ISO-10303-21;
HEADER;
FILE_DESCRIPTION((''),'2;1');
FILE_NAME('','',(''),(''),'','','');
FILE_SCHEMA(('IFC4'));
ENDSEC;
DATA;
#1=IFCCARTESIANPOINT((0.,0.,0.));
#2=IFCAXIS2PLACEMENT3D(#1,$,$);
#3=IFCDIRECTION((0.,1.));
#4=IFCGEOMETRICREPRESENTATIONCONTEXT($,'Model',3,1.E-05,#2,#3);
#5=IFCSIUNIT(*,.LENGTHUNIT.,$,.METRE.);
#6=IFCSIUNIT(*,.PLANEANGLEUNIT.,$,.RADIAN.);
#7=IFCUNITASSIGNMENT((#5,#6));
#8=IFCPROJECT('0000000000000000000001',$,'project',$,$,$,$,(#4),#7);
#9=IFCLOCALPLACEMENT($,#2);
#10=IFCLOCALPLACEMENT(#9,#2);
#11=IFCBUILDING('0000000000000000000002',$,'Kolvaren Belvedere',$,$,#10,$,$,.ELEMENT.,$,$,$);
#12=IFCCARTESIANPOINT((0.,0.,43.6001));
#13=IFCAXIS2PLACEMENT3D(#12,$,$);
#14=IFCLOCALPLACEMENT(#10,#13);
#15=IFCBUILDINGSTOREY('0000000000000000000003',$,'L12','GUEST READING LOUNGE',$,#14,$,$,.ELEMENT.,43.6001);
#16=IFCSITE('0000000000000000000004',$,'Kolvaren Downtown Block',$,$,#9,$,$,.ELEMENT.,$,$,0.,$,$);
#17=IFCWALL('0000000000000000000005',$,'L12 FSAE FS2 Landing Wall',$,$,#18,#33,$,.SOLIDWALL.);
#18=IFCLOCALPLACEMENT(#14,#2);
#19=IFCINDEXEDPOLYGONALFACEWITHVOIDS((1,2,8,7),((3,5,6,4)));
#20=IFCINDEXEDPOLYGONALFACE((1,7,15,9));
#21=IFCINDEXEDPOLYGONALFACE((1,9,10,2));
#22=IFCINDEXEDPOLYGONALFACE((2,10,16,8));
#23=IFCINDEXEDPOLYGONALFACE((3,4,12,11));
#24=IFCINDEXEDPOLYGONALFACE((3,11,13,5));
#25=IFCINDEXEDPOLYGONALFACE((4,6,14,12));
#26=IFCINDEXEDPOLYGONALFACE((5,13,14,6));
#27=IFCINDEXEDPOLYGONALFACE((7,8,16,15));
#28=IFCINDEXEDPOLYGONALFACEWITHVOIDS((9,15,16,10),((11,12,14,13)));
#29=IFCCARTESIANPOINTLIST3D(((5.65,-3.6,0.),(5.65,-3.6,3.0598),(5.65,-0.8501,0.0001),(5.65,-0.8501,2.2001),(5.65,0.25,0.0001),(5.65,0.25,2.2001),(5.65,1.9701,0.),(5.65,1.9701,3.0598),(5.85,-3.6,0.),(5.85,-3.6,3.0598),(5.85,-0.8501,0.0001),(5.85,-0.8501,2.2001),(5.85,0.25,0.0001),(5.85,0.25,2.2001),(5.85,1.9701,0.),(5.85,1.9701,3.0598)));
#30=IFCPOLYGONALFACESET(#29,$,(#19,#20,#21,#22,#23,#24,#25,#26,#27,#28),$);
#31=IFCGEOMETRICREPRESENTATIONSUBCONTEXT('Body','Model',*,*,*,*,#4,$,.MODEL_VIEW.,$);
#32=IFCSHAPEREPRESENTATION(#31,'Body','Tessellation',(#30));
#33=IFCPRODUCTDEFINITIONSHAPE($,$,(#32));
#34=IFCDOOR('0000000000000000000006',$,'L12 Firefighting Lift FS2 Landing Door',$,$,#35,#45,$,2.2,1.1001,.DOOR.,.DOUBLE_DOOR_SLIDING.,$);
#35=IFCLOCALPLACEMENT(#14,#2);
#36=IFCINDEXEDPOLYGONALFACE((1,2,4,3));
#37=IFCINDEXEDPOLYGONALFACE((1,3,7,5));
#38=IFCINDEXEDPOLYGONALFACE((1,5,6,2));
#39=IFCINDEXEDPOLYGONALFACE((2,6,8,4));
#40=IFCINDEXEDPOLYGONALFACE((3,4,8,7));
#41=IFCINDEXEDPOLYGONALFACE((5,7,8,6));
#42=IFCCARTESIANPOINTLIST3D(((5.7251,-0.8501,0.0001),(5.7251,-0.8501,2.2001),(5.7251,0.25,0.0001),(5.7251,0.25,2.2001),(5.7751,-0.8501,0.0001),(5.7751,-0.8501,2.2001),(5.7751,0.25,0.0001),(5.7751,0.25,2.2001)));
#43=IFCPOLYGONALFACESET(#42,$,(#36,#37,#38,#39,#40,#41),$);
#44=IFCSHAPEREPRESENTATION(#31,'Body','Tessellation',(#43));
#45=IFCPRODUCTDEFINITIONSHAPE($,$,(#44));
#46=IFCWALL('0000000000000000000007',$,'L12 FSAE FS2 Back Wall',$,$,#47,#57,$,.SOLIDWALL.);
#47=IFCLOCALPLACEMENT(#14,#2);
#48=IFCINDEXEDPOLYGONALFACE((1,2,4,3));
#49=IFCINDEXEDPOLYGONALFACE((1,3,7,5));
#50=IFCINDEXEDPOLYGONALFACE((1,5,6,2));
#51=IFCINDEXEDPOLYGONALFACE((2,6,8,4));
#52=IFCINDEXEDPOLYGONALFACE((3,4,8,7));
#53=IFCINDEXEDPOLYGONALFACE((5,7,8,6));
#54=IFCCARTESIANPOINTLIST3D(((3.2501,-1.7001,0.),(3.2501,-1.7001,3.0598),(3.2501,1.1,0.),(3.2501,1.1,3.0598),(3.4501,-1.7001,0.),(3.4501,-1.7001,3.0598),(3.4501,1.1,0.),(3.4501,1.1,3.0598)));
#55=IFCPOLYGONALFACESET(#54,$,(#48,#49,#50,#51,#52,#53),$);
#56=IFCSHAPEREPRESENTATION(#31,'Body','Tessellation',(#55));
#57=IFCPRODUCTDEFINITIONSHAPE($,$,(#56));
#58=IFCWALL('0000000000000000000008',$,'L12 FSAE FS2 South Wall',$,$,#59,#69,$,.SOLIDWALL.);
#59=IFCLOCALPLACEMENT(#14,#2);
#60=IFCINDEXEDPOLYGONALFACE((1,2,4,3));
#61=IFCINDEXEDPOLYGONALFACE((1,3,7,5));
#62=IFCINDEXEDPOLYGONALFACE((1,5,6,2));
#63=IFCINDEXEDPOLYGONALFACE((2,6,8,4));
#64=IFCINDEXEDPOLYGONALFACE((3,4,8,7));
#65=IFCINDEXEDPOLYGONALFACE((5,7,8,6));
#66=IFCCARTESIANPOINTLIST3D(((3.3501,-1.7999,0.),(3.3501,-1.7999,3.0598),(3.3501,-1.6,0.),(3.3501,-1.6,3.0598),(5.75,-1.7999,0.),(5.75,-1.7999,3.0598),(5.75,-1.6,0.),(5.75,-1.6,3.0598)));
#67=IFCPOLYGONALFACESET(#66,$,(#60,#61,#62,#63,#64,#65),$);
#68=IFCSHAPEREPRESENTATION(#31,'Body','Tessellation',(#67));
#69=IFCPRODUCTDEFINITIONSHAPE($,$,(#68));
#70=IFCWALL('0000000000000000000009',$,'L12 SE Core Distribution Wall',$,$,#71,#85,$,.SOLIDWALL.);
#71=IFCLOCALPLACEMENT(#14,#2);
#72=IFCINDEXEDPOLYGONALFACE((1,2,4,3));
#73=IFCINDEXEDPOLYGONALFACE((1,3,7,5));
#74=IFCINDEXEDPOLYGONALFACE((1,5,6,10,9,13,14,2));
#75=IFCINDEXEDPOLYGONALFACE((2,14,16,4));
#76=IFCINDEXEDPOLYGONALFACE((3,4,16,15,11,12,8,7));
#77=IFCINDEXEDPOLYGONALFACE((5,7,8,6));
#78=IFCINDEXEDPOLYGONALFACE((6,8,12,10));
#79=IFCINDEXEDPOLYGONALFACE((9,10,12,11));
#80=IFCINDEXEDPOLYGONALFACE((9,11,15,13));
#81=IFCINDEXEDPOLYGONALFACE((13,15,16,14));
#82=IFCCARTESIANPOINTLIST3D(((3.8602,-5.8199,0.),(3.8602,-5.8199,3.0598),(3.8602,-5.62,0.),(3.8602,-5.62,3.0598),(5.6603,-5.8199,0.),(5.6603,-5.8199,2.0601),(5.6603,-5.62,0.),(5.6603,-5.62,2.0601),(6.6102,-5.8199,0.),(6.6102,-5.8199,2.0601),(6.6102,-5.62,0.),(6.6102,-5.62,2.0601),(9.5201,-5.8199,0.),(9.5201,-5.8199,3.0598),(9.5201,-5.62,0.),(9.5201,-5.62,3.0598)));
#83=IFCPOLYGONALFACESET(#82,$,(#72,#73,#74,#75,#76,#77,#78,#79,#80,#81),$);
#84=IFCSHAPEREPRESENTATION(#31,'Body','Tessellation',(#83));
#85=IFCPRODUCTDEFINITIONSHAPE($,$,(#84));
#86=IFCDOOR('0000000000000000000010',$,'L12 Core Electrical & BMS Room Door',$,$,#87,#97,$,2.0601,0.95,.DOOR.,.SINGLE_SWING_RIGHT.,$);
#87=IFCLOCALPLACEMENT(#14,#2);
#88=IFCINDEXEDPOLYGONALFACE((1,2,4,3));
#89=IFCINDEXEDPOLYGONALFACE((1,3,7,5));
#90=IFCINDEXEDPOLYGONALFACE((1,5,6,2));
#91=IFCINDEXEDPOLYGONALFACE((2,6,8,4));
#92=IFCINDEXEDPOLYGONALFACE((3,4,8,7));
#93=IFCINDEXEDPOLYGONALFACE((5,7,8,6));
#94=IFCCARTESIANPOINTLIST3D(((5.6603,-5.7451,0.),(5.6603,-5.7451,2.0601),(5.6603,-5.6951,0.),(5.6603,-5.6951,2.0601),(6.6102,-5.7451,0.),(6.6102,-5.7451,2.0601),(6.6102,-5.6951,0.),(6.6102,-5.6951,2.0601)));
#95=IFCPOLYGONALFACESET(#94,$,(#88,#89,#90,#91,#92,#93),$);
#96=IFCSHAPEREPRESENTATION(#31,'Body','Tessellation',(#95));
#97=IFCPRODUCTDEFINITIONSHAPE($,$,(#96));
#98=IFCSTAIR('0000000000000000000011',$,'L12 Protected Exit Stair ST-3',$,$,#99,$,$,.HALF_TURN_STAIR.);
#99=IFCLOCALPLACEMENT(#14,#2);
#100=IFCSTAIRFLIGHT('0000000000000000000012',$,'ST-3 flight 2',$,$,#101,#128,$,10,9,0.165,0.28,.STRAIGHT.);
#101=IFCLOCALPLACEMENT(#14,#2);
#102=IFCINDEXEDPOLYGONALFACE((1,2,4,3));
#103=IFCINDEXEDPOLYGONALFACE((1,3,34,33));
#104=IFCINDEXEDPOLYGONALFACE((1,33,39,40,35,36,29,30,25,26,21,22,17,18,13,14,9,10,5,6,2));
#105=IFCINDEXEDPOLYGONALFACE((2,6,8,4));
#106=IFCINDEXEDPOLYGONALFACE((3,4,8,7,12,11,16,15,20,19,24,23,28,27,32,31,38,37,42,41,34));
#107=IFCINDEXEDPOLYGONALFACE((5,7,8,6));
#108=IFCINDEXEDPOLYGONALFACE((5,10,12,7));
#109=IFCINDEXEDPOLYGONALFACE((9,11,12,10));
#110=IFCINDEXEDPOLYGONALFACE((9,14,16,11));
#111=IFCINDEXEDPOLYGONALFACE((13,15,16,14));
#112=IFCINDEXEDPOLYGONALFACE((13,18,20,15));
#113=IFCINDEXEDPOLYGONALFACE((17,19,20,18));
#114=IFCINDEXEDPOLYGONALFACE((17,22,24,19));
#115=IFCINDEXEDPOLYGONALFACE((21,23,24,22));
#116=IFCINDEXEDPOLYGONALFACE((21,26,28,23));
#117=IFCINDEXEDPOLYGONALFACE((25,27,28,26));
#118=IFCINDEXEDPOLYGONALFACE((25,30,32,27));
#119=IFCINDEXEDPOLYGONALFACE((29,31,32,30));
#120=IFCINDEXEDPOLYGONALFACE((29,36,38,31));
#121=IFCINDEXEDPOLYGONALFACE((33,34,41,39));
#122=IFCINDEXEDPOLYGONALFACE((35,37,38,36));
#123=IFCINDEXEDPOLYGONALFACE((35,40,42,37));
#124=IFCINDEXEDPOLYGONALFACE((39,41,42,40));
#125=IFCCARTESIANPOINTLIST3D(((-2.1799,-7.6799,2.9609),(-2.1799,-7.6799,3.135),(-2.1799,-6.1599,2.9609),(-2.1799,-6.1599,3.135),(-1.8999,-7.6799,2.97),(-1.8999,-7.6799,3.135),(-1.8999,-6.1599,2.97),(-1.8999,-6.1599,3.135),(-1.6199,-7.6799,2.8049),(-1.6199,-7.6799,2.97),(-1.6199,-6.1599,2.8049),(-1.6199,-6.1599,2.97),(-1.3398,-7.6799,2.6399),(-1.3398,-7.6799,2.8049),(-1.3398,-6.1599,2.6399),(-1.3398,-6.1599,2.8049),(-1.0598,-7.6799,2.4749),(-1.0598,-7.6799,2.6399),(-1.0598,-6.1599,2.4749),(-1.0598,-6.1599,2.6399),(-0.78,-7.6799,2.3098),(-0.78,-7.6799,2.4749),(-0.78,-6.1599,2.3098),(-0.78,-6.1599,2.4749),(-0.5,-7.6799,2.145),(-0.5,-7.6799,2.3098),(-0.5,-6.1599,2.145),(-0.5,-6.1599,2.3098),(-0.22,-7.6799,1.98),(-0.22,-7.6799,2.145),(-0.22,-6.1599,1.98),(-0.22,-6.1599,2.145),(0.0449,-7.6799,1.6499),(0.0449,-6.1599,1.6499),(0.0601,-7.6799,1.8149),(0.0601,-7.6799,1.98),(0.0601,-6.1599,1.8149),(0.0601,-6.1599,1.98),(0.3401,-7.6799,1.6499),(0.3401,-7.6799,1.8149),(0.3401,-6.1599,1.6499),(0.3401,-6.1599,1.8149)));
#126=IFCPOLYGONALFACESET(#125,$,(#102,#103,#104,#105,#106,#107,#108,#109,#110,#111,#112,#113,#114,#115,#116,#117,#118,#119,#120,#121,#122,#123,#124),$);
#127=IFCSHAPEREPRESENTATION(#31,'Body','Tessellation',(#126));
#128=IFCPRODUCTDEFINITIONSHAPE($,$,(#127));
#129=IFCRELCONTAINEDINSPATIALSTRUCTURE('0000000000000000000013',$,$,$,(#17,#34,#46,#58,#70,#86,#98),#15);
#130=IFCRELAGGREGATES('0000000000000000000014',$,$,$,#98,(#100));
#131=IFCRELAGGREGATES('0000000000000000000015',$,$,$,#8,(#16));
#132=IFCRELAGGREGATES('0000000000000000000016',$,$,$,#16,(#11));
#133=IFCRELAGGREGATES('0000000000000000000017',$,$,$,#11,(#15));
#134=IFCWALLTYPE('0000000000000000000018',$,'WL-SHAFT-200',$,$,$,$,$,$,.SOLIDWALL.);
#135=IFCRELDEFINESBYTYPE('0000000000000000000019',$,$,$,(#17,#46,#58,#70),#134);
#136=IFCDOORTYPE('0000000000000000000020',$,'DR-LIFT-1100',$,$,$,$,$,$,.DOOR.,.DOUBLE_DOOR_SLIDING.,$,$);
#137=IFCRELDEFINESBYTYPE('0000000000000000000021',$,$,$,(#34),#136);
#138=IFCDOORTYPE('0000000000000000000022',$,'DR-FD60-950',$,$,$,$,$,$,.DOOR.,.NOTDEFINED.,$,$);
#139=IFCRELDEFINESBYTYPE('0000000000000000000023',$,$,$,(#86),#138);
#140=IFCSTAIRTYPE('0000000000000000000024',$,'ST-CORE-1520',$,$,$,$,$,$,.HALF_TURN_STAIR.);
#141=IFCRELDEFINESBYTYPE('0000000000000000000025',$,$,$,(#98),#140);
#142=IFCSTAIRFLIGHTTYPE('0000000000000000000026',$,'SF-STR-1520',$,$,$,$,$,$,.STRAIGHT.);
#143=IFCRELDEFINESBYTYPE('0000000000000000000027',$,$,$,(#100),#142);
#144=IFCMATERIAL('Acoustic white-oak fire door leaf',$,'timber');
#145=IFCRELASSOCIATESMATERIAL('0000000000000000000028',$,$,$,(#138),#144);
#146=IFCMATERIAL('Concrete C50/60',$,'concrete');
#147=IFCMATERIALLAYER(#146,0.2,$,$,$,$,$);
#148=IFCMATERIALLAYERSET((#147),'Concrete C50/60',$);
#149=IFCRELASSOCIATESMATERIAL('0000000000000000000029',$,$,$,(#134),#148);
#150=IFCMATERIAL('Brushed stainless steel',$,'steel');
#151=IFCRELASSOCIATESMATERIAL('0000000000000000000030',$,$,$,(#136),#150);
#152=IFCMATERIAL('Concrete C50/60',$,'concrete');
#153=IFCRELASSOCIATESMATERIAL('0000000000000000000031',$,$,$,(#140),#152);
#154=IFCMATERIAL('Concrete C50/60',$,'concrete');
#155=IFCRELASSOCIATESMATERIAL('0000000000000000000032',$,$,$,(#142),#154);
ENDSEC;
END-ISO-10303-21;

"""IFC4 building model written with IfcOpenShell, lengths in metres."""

from ifc_helpers import new_model, si_unit, direction, frame, frame_2d, origin, place, context, subcontext, project, spatial, polyline, rectangle, outline, extrude, material, layer, layer_set, type_object, element, fill, aggregate, save


model = new_model("IFC4")

# Units and contexts
model_context = context("Model", 3, precision=1e-05, world=origin(), true_north=direction((0.0, 1.0)))
body_context = subcontext(model_context, "Body", "Model", "MODEL_VIEW")
ifc_project = project(units=[si_unit("LENGTHUNIT", "METRE"), si_unit("PLANEANGLEUNIT", "RADIAN")], contexts=[model_context])

# Site, building, storey
site_placement = place(None, origin())
site = spatial("IfcSite", under=ifc_project, at=site_placement, Name="Kolvaren Downtown Block", CompositionType="ELEMENT", RefElevation=0.0)
building_placement = place(site_placement, origin())
building = spatial("IfcBuilding", under=site, at=building_placement, Name="Kolvaren Belvedere", CompositionType="ELEMENT")
storey_placement = place(building_placement, frame((0.0, 0.0, 43.6001)))
storey = spatial("IfcBuildingStorey", under=building, at=storey_placement, Name="L12", Description="GUEST READING LOUNGE", CompositionType="ELEMENT", Elevation=43.6001)

# Wall, opening, door
ifc_material_1 = material(Name="Acoustic white-oak fire door leaf", Category="timber")
door_type_1 = type_object("IfcDoorType", Name="DR-FD60-950", OperationType="NOTDEFINED", PredefinedType="DOOR", material=ifc_material_1)
ifc_material_2 = material(Name="Concrete C50/60", Category="concrete")
ifc_layer_1 = layer(ifc_material_2, 0.2)
ifc_layer_set_1 = layer_set([ifc_layer_1], Name="Concrete C50/60")
wall_type_1 = type_object("IfcWallType", Name="WL-SHAFT-200", PredefinedType="SOLIDWALL", material=ifc_layer_set_1)
wall_1_placement = place(storey_placement, frame((5.75, -3.6001, 0.0), z_axis=(0.0, 0.0, 1.0), x_axis=(0.0, 1.0, 0.0)))
wall_1 = element("IfcWall", 1, at=wall_1_placement, inside=storey, type_object=wall_type_1, Name="L12 FSAE FS2 Landing Wall", PredefinedType="SOLIDWALL", context=body_context, shape_type="SweptSolid", body=[
    extrude(rectangle(XDim=5.5701, YDim=0.2, at=frame_2d((2.7852, 0.0))), origin(), (0.0, 0.0, 1.0), 3.0598),
])
opening_1_placement = place(wall_1_placement, frame((2.75, 0.0, 0.0)))
opening_1 = element("IfcOpeningElement", 2, at=opening_1_placement, cuts=wall_1, PredefinedType="OPENING", context=body_context, shape_type="SweptSolid", body=[
    extrude(rectangle(XDim=1.1001, YDim=2.2, at=frame_2d((0.55, 1.1001))), frame((0.0, 0.1099, 0.0), z_axis=(0.0, -1.0, 0.0), x_axis=(1.0, 0.0, 0.0)), (0.0, 0.0, 1.0), 0.22),
])
ifc_material_3 = material(Name="Brushed stainless steel", Category="steel")
door_type_2 = type_object("IfcDoorType", Name="DR-LIFT-1100", OperationType="DOUBLE_DOOR_SLIDING", PredefinedType="DOOR", material=ifc_material_3)
door_1_placement = place(opening_1_placement, origin())
door_1 = element("IfcDoor", 3, at=door_1_placement, inside=storey, type_object=door_type_2, Name="L12 Firefighting Lift FS2 Landing Door", OperationType="DOUBLE_DOOR_SLIDING", OverallHeight=2.2, OverallWidth=1.1001, PredefinedType="DOOR", context=body_context, shape_type="SweptSolid", body=[
    extrude(rectangle(XDim=1.1001, YDim=2.2, at=frame_2d((0.55, 1.1001))), frame((0.0, 0.0249, 0.0), z_axis=(0.0, -1.0, 0.0), x_axis=(1.0, 0.0, 0.0)), (0.0, 0.0, 1.0), 0.05),
])
fill(opening_1, door_1)

# Walls
wall_2_placement = place(storey_placement, frame((3.3501, -1.7, 0.0), z_axis=(0.0, 0.0, 1.0), x_axis=(0.0, 1.0, 0.0)))
element("IfcWall", 4, at=wall_2_placement, inside=storey, type_object=wall_type_1, Name="L12 FSAE FS2 Back Wall", PredefinedType="SOLIDWALL", context=body_context, shape_type="SweptSolid", body=[
    extrude(rectangle(XDim=2.8, YDim=0.2, at=frame_2d((1.3999, 0.0))), origin(), (0.0, 0.0, 1.0), 3.0598),
])
wall_3_placement = place(storey_placement, frame((3.3501, -1.7, 0.0), z_axis=(0.0, 0.0, 1.0), x_axis=(1.0, 0.0, 0.0)))
element("IfcWall", 5, at=wall_3_placement, inside=storey, type_object=wall_type_1, Name="L12 FSAE FS2 South Wall", PredefinedType="SOLIDWALL", context=body_context, shape_type="SweptSolid", body=[
    extrude(rectangle(XDim=2.3999, YDim=0.2, at=frame_2d((1.2, 0.0))), origin(), (0.0, 0.0, 1.0), 3.0598),
])

# Wall, opening, door
wall_4_placement = place(storey_placement, frame((3.8601, -5.72, 0.0), z_axis=(0.0, 0.0, 1.0), x_axis=(1.0, 0.0, 0.0)))
wall_4 = element("IfcWall", 6, at=wall_4_placement, inside=storey, type_object=wall_type_1, Name="L12 SE Core Distribution Wall", PredefinedType="SOLIDWALL", context=body_context, shape_type="SweptSolid", body=[
    extrude(rectangle(XDim=5.6599, YDim=0.2, at=frame_2d((2.8301, 0.0))), origin(), (0.0, 0.0, 1.0), 3.0598),
])
opening_2_placement = place(wall_4_placement, frame((1.8, 0.0, 0.0)))
opening_2 = element("IfcOpeningElement", 7, at=opening_2_placement, cuts=wall_4, PredefinedType="OPENING", context=body_context, shape_type="SweptSolid", body=[
    extrude(rectangle(XDim=0.95, YDim=2.0601, at=frame_2d((0.4751, 1.03))), frame((0.0, 0.1099, 0.0), z_axis=(0.0, -1.0, 0.0), x_axis=(1.0, 0.0, 0.0)), (0.0, 0.0, 1.0), 0.22),
])
door_2_placement = place(opening_2_placement, origin())
door_2 = element("IfcDoor", 8, at=door_2_placement, inside=storey, type_object=door_type_1, Name="L12 Core Electrical & BMS Room Door", OperationType="SINGLE_SWING_RIGHT", OverallHeight=2.0601, OverallWidth=0.95, PredefinedType="DOOR", context=body_context, shape_type="SweptSolid", body=[
    extrude(rectangle(XDim=0.95, YDim=2.0601, at=frame_2d((0.4751, 1.03))), frame((0.0, 0.0249, 0.0), z_axis=(0.0, -1.0, 0.0), x_axis=(1.0, 0.0, 0.0)), (0.0, 0.0, 1.0), 0.05),
])
fill(opening_2, door_2)

# Stair, stair flight
ifc_material_4 = material(Name="Concrete C50/60", Category="concrete")
stair_type = type_object("IfcStairType", Name="ST-CORE-1520", PredefinedType="HALF_TURN_STAIR", material=ifc_material_4)
stair_placement = place(storey_placement, origin())
stair = element("IfcStair", 9, at=stair_placement, inside=storey, type_object=stair_type, Name="L12 Protected Exit Stair ST-3", PredefinedType="HALF_TURN_STAIR")
ifc_material_5 = material(Name="Concrete C50/60", Category="concrete")
stair_flight_type = type_object("IfcStairFlightType", Name="SF-STR-1520", PredefinedType="STRAIGHT", material=ifc_material_5)
stair_flight_placement = place(storey_placement, frame((0.3401, -6.9199, 1.6499), z_axis=(0.0, 0.0, 1.0), x_axis=(-1.0, 0.0, 0.0)))
stair_flight = element("IfcStairFlight", 10, at=stair_flight_placement, type_object=stair_flight_type, Name="ST-3 flight 2", NumberOfRisers=10, NumberOfTreads=9, PredefinedType="STRAIGHT", RiserHeight=0.165, TreadLength=0.28, context=body_context, shape_type="SweptSolid", body=[
    extrude(outline(polyline([(0.0, 0.0), (0.0, 0.165), (0.28, 0.165), (0.28, 0.3301), (0.5601, 0.3301), (0.5601, 0.4951), (0.8401, 0.4951), (0.8401, 0.6599), (1.1201, 0.6599), (1.1201, 0.825), (1.3999, 0.825), (1.3999, 0.99), (1.6799, 0.99), (1.6799, 1.155), (1.96, 1.155), (1.96, 1.3201), (2.24, 1.3201), (2.24, 1.4851), (2.52, 1.4851), (2.52, 1.6499), (2.52, 1.311), (0.2952, 0.0), (0.0, 0.0)])), frame((0.0, 0.76, 0.0), z_axis=(0.0, -1.0, 0.0), x_axis=(1.0, 0.0, 0.0)), (0.0, 0.0, 1.0), 1.52),
])
aggregate(stair, [stair_flight])

save(model, "model.ifc")
